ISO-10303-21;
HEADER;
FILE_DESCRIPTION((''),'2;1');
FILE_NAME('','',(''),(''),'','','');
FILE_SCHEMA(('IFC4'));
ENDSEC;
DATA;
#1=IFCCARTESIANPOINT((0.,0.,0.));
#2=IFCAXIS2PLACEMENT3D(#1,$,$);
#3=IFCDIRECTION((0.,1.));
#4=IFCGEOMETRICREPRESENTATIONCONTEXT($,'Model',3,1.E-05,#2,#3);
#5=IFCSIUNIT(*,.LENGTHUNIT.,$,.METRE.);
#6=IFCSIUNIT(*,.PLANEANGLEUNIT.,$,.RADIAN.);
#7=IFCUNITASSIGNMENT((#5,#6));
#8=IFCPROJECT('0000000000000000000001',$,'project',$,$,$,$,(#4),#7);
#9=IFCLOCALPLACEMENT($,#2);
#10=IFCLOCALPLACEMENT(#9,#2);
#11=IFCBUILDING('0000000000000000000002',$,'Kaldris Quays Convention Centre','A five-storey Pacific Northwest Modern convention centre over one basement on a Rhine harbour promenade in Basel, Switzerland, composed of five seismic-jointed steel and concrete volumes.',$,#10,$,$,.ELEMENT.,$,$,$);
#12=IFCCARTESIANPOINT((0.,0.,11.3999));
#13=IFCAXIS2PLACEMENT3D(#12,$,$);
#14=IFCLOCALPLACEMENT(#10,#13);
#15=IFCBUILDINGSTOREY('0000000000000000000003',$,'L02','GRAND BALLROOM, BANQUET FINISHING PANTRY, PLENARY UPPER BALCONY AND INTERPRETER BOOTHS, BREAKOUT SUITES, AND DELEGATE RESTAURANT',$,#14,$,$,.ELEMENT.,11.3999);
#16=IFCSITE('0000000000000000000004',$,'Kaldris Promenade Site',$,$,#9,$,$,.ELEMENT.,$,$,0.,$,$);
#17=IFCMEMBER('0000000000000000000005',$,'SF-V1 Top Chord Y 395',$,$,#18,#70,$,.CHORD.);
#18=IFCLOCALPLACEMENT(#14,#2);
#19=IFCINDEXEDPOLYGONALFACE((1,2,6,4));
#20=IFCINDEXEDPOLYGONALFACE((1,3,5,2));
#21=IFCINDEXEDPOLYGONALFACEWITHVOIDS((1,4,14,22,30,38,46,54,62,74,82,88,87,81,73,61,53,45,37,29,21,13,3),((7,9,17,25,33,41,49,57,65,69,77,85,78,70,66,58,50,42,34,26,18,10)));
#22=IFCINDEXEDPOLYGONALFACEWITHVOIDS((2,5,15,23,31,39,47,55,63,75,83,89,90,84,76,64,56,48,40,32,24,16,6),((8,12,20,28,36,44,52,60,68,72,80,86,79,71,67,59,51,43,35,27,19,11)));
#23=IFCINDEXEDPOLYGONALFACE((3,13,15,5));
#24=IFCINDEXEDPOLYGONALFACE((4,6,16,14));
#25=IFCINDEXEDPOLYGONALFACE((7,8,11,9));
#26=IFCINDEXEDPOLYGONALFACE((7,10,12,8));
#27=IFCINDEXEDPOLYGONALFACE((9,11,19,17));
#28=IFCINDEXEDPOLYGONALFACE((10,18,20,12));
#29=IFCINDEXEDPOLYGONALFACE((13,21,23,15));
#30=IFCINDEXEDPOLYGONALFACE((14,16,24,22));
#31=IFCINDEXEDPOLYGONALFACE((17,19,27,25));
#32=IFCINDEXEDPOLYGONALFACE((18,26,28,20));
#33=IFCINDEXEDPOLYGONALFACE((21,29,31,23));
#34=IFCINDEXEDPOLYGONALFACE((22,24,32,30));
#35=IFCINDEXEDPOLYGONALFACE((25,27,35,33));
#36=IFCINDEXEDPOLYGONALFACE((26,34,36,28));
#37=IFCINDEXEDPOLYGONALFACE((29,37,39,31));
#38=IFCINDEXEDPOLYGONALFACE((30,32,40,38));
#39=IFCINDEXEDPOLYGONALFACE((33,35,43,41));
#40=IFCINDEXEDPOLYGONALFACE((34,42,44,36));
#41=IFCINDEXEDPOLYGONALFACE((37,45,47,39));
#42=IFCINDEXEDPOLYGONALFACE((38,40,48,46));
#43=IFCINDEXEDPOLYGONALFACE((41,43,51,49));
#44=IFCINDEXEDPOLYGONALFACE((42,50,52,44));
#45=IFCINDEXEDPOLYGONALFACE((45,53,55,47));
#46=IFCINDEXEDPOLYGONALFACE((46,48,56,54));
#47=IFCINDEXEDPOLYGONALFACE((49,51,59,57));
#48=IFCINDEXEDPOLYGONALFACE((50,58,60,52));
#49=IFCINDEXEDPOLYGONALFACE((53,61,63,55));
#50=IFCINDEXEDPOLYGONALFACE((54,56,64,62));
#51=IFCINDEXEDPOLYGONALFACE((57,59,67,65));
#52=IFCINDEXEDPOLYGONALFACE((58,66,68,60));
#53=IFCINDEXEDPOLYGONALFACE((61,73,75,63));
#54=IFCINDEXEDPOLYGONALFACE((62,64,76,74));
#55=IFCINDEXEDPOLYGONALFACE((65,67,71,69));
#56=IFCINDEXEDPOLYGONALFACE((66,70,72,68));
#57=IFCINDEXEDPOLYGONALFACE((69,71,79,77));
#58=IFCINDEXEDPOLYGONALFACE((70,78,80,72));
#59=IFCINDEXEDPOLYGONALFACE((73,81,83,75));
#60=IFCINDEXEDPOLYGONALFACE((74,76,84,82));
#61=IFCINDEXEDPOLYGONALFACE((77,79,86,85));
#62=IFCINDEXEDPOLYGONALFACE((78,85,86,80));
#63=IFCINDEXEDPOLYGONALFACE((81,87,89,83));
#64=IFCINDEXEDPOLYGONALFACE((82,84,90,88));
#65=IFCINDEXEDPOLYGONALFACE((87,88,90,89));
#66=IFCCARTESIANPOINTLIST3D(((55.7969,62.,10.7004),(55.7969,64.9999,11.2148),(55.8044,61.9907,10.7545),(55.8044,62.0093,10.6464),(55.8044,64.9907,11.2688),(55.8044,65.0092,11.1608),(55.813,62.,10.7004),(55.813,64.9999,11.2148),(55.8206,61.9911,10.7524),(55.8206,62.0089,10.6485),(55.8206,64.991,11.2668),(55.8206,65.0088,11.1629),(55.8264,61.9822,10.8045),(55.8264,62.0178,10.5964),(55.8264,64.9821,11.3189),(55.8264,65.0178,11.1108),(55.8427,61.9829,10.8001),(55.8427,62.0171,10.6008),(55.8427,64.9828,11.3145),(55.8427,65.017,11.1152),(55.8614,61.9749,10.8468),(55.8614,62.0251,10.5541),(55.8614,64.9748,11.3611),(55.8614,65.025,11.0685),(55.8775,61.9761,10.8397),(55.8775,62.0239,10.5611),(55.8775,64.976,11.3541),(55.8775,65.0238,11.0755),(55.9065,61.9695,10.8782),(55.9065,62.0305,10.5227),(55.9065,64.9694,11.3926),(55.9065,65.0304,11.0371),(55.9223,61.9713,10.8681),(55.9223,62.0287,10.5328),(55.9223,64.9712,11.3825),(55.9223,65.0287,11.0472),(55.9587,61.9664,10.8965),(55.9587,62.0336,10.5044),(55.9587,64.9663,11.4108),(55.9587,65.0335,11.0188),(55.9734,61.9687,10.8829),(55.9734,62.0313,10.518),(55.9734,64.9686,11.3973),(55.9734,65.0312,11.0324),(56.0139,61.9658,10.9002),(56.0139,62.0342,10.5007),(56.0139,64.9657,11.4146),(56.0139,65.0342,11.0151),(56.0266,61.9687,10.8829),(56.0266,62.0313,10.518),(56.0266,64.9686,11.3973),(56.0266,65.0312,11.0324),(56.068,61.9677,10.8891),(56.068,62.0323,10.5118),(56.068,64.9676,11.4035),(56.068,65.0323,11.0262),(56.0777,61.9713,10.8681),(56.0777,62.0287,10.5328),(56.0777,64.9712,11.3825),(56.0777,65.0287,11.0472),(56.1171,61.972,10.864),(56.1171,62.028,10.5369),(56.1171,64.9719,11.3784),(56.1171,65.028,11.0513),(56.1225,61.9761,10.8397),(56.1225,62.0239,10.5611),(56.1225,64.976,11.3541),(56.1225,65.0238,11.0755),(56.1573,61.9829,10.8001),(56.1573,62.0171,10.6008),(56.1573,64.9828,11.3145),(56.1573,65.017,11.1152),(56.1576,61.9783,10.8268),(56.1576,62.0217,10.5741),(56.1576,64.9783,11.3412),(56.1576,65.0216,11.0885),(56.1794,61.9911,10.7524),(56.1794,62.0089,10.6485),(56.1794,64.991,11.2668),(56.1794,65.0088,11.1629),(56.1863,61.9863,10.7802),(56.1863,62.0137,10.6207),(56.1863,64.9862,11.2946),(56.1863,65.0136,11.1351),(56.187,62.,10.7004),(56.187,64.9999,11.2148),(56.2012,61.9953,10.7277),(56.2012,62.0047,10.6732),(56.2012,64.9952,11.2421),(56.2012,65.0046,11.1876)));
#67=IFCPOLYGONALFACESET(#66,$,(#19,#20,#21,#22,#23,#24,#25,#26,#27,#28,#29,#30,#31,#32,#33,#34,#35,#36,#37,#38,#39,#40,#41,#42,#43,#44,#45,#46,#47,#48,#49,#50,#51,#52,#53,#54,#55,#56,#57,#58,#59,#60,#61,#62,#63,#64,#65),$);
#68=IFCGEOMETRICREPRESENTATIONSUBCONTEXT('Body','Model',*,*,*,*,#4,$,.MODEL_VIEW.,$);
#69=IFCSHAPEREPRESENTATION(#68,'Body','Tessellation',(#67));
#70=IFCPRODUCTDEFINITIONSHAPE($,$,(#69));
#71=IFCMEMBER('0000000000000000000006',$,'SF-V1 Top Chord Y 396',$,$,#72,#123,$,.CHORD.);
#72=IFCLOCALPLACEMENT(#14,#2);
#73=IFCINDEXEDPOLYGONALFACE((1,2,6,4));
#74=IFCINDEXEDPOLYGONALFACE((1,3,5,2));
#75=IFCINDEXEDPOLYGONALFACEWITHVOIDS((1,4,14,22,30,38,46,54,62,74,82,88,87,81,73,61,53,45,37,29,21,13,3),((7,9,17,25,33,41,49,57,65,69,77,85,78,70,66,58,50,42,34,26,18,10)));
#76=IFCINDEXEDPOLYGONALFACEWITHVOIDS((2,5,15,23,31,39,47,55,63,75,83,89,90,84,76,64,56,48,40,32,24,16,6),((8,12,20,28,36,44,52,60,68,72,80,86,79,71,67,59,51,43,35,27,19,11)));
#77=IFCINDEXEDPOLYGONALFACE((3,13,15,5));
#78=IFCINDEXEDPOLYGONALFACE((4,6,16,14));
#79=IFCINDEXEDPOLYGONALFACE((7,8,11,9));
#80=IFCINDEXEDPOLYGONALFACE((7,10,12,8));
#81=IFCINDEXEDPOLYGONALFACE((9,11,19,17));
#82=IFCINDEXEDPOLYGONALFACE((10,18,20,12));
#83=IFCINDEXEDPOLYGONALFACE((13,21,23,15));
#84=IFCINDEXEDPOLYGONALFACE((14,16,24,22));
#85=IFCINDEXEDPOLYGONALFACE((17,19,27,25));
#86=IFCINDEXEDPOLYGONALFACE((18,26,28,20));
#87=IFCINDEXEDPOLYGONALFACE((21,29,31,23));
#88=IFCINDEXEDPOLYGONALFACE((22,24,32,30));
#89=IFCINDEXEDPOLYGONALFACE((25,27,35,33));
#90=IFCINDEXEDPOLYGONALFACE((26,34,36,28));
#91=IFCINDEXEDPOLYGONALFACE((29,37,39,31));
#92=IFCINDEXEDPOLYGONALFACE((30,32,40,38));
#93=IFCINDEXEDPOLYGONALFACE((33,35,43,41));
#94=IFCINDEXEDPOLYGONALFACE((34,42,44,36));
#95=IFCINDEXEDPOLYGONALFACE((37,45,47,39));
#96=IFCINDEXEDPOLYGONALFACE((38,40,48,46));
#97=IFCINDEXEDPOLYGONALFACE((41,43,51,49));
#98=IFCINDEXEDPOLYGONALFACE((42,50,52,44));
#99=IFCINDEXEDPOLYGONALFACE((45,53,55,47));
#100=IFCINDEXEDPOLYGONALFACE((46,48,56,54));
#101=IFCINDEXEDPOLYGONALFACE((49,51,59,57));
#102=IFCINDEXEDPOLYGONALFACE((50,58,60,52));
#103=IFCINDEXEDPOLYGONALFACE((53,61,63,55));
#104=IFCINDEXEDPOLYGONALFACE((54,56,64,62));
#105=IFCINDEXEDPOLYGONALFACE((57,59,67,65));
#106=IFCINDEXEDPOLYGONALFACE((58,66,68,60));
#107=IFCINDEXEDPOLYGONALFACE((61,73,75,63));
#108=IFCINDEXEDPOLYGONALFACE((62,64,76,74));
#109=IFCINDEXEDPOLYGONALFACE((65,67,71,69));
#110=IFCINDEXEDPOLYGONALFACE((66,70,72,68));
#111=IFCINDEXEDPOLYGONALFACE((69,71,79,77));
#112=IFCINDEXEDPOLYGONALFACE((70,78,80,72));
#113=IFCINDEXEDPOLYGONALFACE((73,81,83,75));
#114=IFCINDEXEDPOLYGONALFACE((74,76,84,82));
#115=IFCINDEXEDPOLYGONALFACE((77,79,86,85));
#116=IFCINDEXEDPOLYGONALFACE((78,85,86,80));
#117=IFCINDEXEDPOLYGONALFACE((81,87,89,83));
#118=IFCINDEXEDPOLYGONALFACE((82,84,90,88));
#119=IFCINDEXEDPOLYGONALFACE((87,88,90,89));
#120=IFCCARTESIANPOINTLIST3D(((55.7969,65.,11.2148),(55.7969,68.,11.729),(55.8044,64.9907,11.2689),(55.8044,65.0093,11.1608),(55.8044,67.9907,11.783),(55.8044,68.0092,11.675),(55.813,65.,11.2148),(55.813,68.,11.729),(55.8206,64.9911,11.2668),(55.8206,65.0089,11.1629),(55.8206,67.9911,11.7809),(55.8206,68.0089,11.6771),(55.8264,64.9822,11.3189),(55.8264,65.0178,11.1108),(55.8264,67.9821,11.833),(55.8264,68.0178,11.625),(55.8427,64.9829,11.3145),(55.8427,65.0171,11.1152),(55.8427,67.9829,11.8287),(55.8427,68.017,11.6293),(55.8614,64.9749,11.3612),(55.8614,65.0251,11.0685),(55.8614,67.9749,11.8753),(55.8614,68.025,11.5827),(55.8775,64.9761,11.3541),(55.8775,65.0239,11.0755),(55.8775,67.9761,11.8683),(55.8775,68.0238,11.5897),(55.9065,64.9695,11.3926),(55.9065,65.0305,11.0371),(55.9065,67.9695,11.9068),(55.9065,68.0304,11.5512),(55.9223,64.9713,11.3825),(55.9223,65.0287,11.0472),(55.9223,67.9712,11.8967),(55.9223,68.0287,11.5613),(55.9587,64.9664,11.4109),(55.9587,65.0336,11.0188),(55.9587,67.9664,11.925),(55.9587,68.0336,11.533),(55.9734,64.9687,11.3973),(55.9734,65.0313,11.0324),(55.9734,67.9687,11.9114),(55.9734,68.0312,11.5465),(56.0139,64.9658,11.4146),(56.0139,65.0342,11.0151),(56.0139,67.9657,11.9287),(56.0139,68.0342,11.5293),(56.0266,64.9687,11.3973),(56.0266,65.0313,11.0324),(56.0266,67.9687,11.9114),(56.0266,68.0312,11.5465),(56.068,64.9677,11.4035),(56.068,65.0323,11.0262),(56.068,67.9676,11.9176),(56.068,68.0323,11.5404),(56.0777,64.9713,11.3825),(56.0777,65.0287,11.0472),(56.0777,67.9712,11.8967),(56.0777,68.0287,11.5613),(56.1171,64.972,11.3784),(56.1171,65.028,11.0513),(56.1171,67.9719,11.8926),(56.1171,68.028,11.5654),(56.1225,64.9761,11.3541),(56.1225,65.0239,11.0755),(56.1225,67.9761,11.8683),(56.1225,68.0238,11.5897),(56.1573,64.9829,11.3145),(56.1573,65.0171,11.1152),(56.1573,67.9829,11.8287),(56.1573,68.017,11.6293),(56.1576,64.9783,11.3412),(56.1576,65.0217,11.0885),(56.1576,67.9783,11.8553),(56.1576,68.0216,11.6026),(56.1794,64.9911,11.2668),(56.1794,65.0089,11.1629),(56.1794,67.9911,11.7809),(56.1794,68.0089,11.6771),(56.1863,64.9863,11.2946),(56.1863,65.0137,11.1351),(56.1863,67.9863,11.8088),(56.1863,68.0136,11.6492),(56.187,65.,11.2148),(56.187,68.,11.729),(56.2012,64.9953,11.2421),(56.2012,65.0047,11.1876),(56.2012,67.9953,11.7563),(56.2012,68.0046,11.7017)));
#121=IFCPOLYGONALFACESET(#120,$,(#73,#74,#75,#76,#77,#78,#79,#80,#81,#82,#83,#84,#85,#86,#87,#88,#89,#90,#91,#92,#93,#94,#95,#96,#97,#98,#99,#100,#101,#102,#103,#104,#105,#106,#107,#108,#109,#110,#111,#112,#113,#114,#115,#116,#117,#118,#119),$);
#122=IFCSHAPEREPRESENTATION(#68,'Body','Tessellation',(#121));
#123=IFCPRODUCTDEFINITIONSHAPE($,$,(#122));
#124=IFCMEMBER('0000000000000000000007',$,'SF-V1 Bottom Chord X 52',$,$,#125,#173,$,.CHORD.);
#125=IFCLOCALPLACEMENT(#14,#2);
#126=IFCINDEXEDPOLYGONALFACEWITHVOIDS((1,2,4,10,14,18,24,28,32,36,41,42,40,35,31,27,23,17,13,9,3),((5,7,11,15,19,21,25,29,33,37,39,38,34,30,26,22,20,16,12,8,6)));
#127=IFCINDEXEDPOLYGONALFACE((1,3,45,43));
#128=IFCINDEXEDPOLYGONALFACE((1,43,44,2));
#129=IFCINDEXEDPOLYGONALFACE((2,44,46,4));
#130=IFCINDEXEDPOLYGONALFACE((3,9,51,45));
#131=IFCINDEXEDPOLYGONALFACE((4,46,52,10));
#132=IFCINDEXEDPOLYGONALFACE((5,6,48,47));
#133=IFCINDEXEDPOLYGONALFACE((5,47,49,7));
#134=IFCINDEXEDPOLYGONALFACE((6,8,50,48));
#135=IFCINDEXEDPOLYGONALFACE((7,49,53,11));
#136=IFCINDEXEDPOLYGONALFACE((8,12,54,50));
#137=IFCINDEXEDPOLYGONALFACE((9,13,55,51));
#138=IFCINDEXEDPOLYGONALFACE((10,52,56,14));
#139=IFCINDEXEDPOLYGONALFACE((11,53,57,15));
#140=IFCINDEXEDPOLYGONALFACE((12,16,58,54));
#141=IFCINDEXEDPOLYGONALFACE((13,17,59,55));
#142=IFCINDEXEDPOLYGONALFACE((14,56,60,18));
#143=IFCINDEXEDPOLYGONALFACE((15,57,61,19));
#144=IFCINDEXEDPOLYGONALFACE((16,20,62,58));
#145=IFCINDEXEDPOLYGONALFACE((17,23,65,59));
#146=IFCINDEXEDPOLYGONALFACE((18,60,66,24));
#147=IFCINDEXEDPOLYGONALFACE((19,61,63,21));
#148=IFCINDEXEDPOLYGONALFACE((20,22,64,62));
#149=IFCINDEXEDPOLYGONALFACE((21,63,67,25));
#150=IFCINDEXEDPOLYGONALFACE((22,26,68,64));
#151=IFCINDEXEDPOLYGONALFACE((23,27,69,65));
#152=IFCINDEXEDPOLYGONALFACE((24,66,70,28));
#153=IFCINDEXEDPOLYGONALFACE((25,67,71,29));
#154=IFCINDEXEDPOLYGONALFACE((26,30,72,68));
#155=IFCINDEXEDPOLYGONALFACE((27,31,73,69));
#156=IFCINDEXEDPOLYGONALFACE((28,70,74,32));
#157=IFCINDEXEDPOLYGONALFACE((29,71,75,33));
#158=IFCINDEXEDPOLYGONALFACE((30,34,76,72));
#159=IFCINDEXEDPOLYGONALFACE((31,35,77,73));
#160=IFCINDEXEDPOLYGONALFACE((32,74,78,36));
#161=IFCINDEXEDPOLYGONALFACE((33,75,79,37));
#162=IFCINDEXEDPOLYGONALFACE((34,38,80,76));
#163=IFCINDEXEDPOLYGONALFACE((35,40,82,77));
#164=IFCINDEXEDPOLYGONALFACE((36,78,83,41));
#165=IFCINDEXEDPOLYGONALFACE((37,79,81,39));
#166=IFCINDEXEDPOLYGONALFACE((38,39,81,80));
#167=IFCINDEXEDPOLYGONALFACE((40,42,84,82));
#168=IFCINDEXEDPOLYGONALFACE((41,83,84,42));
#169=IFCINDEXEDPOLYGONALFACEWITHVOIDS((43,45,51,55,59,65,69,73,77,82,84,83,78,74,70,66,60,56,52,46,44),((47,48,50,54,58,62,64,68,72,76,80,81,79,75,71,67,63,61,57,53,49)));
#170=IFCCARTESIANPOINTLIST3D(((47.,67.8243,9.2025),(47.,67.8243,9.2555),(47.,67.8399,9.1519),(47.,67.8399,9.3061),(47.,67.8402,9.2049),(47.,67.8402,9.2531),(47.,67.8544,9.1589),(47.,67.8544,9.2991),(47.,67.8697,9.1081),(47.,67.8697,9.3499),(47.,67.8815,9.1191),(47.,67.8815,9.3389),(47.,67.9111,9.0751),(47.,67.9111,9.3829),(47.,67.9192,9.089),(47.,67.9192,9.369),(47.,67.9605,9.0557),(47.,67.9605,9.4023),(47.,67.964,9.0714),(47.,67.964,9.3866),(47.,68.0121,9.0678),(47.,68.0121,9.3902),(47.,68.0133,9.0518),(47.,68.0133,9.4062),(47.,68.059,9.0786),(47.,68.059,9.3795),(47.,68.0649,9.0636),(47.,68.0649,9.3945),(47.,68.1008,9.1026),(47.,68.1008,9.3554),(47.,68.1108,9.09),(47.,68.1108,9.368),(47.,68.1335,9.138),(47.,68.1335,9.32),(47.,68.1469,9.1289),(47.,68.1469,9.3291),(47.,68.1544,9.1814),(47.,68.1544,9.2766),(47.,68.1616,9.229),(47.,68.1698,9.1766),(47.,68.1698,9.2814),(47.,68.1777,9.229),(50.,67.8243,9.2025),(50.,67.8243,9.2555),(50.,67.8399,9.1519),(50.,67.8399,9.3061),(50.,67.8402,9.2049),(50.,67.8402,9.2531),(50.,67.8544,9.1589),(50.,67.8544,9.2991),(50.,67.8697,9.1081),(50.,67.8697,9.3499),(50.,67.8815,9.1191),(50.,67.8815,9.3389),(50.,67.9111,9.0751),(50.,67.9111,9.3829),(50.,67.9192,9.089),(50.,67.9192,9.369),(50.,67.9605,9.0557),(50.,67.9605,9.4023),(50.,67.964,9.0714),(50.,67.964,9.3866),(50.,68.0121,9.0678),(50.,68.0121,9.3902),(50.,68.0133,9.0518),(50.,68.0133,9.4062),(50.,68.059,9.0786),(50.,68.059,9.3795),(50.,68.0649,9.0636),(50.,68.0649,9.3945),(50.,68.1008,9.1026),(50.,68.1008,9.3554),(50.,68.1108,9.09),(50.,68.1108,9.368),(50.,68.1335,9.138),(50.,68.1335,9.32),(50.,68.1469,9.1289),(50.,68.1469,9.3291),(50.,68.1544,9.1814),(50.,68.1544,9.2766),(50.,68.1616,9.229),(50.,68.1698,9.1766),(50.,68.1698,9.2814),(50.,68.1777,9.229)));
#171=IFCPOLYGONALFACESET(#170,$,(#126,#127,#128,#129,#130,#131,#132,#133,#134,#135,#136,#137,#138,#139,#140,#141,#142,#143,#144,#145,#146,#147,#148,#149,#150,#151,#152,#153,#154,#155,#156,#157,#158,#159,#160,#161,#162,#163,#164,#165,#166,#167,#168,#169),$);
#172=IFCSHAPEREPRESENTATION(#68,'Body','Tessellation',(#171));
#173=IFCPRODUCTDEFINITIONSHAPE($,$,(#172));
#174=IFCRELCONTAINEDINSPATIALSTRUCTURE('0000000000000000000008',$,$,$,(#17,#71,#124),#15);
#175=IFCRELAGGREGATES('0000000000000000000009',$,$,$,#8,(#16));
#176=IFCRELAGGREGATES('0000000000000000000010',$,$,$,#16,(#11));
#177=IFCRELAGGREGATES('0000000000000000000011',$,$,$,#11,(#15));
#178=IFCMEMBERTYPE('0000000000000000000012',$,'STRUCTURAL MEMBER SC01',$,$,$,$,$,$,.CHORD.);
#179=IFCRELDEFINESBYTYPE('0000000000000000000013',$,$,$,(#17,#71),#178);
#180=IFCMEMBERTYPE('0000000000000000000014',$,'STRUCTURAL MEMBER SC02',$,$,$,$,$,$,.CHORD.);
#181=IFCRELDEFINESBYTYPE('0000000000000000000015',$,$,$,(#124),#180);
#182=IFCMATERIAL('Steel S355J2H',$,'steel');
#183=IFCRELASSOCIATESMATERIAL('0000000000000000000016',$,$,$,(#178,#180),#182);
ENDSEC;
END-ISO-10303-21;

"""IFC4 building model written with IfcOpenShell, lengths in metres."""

from ifc_helpers import new_model, si_unit, direction, frame, origin, origin_2d, place, context, subcontext, project, spatial, hollow_circle, extrude, material, material_profile, profile_set, type_object, element, save


model = new_model("IFC4")

# Units and contexts
model_context = context("Model", 3, precision=1e-05, world=origin(), true_north=direction((0.0, 1.0)))
body_context = subcontext(model_context, "Body", "Model", "MODEL_VIEW")
ifc_project = project(units=[si_unit("LENGTHUNIT", "METRE"), si_unit("PLANEANGLEUNIT", "RADIAN")], contexts=[model_context])

# Site, building, storey
site_placement = place(None, origin())
site = spatial("IfcSite", under=ifc_project, at=site_placement, Name="Kaldris Promenade Site", CompositionType="ELEMENT", RefElevation=0.0)
building_placement = place(site_placement, origin())
building = spatial("IfcBuilding", under=site, at=building_placement, Name="Kaldris Quays Convention Centre", Description="A five-storey Pacific Northwest Modern convention centre over one basement on a Rhine harbour promenade in Basel, Switzerland, composed of five seismic-jointed steel and concrete volumes.", CompositionType="ELEMENT")
storey_placement = place(building_placement, frame((0.0, 0.0, 11.3999)))
storey = spatial("IfcBuildingStorey", under=building, at=storey_placement, Name="L02", Description="GRAND BALLROOM, BANQUET FINISHING PANTRY, PLENARY UPPER BALCONY AND INTERPRETER BOOTHS, BREAKOUT SUITES, AND DELEGATE RESTAURANT", CompositionType="ELEMENT", Elevation=11.3999)

# Members
ifc_material_1 = material(Name="Steel S355J2H", Category="steel")
ifc_material_profile_1 = material_profile(ifc_material_1, hollow_circle(Radius=0.2031, WallThickness=0.0161, at=origin_2d()), Name="CHS 406.4x16")
ifc_profile_set_1 = profile_set([ifc_material_profile_1], Name="Steel S355J2H")
member_type_1 = type_object("IfcMemberType", Name="STRUCTURAL MEMBER SC01", PredefinedType="CHORD", material=ifc_profile_set_1)
for number, where, z_axis, x_axis, name in (
    (1, (56.0, 62.0, 10.7004), (0.0, 0.985616, 0.169002), (-1.0, 0.0, 0.0), "SF-V1 Top Chord Y 395"),
    (2, (56.0, 65.0, 11.2148), (0.0, 0.985629, 0.168924), (-1.0, 0.0, 0.0), "SF-V1 Top Chord Y 396"),
):
    element("IfcMember", number, at=place(storey_placement, frame(where, z_axis=z_axis, x_axis=x_axis)), inside=storey, type_object=member_type_1, Name=name, PredefinedType="CHORD", context=body_context, shape_type="SweptSolid", body=[
        extrude(hollow_circle(Radius=0.2031, WallThickness=0.0161, at=origin_2d()), origin(), (0.0, 0.0, 1.0), 3.0437),
    ])
ifc_material_profile_2 = material_profile(ifc_material_1, hollow_circle(Radius=0.1777, WallThickness=0.0161, at=origin_2d()), Name="CHS 355.6x16")
ifc_profile_set_2 = profile_set([ifc_material_profile_2], Name="Steel S355J2H")
member_type_2 = type_object("IfcMemberType", Name="STRUCTURAL MEMBER SC02", PredefinedType="CHORD", material=ifc_profile_set_2)
for number, where, z_axis, x_axis, name in (
    (3, (47.0, 68.0, 9.229), (1.0, 0.0, 0.0), (0.0, 1.0, 0.0), "SF-V1 Bottom Chord X 52"),
):
    element("IfcMember", number, at=place(storey_placement, frame(where, z_axis=z_axis, x_axis=x_axis)), inside=storey, type_object=member_type_2, Name=name, PredefinedType="CHORD", context=body_context, shape_type="SweptSolid", body=[
        extrude(hollow_circle(Radius=0.1777, WallThickness=0.0161, at=origin_2d()), origin(), (0.0, 0.0, 1.0), 3.0),
    ])

save(model, "model.ifc")
